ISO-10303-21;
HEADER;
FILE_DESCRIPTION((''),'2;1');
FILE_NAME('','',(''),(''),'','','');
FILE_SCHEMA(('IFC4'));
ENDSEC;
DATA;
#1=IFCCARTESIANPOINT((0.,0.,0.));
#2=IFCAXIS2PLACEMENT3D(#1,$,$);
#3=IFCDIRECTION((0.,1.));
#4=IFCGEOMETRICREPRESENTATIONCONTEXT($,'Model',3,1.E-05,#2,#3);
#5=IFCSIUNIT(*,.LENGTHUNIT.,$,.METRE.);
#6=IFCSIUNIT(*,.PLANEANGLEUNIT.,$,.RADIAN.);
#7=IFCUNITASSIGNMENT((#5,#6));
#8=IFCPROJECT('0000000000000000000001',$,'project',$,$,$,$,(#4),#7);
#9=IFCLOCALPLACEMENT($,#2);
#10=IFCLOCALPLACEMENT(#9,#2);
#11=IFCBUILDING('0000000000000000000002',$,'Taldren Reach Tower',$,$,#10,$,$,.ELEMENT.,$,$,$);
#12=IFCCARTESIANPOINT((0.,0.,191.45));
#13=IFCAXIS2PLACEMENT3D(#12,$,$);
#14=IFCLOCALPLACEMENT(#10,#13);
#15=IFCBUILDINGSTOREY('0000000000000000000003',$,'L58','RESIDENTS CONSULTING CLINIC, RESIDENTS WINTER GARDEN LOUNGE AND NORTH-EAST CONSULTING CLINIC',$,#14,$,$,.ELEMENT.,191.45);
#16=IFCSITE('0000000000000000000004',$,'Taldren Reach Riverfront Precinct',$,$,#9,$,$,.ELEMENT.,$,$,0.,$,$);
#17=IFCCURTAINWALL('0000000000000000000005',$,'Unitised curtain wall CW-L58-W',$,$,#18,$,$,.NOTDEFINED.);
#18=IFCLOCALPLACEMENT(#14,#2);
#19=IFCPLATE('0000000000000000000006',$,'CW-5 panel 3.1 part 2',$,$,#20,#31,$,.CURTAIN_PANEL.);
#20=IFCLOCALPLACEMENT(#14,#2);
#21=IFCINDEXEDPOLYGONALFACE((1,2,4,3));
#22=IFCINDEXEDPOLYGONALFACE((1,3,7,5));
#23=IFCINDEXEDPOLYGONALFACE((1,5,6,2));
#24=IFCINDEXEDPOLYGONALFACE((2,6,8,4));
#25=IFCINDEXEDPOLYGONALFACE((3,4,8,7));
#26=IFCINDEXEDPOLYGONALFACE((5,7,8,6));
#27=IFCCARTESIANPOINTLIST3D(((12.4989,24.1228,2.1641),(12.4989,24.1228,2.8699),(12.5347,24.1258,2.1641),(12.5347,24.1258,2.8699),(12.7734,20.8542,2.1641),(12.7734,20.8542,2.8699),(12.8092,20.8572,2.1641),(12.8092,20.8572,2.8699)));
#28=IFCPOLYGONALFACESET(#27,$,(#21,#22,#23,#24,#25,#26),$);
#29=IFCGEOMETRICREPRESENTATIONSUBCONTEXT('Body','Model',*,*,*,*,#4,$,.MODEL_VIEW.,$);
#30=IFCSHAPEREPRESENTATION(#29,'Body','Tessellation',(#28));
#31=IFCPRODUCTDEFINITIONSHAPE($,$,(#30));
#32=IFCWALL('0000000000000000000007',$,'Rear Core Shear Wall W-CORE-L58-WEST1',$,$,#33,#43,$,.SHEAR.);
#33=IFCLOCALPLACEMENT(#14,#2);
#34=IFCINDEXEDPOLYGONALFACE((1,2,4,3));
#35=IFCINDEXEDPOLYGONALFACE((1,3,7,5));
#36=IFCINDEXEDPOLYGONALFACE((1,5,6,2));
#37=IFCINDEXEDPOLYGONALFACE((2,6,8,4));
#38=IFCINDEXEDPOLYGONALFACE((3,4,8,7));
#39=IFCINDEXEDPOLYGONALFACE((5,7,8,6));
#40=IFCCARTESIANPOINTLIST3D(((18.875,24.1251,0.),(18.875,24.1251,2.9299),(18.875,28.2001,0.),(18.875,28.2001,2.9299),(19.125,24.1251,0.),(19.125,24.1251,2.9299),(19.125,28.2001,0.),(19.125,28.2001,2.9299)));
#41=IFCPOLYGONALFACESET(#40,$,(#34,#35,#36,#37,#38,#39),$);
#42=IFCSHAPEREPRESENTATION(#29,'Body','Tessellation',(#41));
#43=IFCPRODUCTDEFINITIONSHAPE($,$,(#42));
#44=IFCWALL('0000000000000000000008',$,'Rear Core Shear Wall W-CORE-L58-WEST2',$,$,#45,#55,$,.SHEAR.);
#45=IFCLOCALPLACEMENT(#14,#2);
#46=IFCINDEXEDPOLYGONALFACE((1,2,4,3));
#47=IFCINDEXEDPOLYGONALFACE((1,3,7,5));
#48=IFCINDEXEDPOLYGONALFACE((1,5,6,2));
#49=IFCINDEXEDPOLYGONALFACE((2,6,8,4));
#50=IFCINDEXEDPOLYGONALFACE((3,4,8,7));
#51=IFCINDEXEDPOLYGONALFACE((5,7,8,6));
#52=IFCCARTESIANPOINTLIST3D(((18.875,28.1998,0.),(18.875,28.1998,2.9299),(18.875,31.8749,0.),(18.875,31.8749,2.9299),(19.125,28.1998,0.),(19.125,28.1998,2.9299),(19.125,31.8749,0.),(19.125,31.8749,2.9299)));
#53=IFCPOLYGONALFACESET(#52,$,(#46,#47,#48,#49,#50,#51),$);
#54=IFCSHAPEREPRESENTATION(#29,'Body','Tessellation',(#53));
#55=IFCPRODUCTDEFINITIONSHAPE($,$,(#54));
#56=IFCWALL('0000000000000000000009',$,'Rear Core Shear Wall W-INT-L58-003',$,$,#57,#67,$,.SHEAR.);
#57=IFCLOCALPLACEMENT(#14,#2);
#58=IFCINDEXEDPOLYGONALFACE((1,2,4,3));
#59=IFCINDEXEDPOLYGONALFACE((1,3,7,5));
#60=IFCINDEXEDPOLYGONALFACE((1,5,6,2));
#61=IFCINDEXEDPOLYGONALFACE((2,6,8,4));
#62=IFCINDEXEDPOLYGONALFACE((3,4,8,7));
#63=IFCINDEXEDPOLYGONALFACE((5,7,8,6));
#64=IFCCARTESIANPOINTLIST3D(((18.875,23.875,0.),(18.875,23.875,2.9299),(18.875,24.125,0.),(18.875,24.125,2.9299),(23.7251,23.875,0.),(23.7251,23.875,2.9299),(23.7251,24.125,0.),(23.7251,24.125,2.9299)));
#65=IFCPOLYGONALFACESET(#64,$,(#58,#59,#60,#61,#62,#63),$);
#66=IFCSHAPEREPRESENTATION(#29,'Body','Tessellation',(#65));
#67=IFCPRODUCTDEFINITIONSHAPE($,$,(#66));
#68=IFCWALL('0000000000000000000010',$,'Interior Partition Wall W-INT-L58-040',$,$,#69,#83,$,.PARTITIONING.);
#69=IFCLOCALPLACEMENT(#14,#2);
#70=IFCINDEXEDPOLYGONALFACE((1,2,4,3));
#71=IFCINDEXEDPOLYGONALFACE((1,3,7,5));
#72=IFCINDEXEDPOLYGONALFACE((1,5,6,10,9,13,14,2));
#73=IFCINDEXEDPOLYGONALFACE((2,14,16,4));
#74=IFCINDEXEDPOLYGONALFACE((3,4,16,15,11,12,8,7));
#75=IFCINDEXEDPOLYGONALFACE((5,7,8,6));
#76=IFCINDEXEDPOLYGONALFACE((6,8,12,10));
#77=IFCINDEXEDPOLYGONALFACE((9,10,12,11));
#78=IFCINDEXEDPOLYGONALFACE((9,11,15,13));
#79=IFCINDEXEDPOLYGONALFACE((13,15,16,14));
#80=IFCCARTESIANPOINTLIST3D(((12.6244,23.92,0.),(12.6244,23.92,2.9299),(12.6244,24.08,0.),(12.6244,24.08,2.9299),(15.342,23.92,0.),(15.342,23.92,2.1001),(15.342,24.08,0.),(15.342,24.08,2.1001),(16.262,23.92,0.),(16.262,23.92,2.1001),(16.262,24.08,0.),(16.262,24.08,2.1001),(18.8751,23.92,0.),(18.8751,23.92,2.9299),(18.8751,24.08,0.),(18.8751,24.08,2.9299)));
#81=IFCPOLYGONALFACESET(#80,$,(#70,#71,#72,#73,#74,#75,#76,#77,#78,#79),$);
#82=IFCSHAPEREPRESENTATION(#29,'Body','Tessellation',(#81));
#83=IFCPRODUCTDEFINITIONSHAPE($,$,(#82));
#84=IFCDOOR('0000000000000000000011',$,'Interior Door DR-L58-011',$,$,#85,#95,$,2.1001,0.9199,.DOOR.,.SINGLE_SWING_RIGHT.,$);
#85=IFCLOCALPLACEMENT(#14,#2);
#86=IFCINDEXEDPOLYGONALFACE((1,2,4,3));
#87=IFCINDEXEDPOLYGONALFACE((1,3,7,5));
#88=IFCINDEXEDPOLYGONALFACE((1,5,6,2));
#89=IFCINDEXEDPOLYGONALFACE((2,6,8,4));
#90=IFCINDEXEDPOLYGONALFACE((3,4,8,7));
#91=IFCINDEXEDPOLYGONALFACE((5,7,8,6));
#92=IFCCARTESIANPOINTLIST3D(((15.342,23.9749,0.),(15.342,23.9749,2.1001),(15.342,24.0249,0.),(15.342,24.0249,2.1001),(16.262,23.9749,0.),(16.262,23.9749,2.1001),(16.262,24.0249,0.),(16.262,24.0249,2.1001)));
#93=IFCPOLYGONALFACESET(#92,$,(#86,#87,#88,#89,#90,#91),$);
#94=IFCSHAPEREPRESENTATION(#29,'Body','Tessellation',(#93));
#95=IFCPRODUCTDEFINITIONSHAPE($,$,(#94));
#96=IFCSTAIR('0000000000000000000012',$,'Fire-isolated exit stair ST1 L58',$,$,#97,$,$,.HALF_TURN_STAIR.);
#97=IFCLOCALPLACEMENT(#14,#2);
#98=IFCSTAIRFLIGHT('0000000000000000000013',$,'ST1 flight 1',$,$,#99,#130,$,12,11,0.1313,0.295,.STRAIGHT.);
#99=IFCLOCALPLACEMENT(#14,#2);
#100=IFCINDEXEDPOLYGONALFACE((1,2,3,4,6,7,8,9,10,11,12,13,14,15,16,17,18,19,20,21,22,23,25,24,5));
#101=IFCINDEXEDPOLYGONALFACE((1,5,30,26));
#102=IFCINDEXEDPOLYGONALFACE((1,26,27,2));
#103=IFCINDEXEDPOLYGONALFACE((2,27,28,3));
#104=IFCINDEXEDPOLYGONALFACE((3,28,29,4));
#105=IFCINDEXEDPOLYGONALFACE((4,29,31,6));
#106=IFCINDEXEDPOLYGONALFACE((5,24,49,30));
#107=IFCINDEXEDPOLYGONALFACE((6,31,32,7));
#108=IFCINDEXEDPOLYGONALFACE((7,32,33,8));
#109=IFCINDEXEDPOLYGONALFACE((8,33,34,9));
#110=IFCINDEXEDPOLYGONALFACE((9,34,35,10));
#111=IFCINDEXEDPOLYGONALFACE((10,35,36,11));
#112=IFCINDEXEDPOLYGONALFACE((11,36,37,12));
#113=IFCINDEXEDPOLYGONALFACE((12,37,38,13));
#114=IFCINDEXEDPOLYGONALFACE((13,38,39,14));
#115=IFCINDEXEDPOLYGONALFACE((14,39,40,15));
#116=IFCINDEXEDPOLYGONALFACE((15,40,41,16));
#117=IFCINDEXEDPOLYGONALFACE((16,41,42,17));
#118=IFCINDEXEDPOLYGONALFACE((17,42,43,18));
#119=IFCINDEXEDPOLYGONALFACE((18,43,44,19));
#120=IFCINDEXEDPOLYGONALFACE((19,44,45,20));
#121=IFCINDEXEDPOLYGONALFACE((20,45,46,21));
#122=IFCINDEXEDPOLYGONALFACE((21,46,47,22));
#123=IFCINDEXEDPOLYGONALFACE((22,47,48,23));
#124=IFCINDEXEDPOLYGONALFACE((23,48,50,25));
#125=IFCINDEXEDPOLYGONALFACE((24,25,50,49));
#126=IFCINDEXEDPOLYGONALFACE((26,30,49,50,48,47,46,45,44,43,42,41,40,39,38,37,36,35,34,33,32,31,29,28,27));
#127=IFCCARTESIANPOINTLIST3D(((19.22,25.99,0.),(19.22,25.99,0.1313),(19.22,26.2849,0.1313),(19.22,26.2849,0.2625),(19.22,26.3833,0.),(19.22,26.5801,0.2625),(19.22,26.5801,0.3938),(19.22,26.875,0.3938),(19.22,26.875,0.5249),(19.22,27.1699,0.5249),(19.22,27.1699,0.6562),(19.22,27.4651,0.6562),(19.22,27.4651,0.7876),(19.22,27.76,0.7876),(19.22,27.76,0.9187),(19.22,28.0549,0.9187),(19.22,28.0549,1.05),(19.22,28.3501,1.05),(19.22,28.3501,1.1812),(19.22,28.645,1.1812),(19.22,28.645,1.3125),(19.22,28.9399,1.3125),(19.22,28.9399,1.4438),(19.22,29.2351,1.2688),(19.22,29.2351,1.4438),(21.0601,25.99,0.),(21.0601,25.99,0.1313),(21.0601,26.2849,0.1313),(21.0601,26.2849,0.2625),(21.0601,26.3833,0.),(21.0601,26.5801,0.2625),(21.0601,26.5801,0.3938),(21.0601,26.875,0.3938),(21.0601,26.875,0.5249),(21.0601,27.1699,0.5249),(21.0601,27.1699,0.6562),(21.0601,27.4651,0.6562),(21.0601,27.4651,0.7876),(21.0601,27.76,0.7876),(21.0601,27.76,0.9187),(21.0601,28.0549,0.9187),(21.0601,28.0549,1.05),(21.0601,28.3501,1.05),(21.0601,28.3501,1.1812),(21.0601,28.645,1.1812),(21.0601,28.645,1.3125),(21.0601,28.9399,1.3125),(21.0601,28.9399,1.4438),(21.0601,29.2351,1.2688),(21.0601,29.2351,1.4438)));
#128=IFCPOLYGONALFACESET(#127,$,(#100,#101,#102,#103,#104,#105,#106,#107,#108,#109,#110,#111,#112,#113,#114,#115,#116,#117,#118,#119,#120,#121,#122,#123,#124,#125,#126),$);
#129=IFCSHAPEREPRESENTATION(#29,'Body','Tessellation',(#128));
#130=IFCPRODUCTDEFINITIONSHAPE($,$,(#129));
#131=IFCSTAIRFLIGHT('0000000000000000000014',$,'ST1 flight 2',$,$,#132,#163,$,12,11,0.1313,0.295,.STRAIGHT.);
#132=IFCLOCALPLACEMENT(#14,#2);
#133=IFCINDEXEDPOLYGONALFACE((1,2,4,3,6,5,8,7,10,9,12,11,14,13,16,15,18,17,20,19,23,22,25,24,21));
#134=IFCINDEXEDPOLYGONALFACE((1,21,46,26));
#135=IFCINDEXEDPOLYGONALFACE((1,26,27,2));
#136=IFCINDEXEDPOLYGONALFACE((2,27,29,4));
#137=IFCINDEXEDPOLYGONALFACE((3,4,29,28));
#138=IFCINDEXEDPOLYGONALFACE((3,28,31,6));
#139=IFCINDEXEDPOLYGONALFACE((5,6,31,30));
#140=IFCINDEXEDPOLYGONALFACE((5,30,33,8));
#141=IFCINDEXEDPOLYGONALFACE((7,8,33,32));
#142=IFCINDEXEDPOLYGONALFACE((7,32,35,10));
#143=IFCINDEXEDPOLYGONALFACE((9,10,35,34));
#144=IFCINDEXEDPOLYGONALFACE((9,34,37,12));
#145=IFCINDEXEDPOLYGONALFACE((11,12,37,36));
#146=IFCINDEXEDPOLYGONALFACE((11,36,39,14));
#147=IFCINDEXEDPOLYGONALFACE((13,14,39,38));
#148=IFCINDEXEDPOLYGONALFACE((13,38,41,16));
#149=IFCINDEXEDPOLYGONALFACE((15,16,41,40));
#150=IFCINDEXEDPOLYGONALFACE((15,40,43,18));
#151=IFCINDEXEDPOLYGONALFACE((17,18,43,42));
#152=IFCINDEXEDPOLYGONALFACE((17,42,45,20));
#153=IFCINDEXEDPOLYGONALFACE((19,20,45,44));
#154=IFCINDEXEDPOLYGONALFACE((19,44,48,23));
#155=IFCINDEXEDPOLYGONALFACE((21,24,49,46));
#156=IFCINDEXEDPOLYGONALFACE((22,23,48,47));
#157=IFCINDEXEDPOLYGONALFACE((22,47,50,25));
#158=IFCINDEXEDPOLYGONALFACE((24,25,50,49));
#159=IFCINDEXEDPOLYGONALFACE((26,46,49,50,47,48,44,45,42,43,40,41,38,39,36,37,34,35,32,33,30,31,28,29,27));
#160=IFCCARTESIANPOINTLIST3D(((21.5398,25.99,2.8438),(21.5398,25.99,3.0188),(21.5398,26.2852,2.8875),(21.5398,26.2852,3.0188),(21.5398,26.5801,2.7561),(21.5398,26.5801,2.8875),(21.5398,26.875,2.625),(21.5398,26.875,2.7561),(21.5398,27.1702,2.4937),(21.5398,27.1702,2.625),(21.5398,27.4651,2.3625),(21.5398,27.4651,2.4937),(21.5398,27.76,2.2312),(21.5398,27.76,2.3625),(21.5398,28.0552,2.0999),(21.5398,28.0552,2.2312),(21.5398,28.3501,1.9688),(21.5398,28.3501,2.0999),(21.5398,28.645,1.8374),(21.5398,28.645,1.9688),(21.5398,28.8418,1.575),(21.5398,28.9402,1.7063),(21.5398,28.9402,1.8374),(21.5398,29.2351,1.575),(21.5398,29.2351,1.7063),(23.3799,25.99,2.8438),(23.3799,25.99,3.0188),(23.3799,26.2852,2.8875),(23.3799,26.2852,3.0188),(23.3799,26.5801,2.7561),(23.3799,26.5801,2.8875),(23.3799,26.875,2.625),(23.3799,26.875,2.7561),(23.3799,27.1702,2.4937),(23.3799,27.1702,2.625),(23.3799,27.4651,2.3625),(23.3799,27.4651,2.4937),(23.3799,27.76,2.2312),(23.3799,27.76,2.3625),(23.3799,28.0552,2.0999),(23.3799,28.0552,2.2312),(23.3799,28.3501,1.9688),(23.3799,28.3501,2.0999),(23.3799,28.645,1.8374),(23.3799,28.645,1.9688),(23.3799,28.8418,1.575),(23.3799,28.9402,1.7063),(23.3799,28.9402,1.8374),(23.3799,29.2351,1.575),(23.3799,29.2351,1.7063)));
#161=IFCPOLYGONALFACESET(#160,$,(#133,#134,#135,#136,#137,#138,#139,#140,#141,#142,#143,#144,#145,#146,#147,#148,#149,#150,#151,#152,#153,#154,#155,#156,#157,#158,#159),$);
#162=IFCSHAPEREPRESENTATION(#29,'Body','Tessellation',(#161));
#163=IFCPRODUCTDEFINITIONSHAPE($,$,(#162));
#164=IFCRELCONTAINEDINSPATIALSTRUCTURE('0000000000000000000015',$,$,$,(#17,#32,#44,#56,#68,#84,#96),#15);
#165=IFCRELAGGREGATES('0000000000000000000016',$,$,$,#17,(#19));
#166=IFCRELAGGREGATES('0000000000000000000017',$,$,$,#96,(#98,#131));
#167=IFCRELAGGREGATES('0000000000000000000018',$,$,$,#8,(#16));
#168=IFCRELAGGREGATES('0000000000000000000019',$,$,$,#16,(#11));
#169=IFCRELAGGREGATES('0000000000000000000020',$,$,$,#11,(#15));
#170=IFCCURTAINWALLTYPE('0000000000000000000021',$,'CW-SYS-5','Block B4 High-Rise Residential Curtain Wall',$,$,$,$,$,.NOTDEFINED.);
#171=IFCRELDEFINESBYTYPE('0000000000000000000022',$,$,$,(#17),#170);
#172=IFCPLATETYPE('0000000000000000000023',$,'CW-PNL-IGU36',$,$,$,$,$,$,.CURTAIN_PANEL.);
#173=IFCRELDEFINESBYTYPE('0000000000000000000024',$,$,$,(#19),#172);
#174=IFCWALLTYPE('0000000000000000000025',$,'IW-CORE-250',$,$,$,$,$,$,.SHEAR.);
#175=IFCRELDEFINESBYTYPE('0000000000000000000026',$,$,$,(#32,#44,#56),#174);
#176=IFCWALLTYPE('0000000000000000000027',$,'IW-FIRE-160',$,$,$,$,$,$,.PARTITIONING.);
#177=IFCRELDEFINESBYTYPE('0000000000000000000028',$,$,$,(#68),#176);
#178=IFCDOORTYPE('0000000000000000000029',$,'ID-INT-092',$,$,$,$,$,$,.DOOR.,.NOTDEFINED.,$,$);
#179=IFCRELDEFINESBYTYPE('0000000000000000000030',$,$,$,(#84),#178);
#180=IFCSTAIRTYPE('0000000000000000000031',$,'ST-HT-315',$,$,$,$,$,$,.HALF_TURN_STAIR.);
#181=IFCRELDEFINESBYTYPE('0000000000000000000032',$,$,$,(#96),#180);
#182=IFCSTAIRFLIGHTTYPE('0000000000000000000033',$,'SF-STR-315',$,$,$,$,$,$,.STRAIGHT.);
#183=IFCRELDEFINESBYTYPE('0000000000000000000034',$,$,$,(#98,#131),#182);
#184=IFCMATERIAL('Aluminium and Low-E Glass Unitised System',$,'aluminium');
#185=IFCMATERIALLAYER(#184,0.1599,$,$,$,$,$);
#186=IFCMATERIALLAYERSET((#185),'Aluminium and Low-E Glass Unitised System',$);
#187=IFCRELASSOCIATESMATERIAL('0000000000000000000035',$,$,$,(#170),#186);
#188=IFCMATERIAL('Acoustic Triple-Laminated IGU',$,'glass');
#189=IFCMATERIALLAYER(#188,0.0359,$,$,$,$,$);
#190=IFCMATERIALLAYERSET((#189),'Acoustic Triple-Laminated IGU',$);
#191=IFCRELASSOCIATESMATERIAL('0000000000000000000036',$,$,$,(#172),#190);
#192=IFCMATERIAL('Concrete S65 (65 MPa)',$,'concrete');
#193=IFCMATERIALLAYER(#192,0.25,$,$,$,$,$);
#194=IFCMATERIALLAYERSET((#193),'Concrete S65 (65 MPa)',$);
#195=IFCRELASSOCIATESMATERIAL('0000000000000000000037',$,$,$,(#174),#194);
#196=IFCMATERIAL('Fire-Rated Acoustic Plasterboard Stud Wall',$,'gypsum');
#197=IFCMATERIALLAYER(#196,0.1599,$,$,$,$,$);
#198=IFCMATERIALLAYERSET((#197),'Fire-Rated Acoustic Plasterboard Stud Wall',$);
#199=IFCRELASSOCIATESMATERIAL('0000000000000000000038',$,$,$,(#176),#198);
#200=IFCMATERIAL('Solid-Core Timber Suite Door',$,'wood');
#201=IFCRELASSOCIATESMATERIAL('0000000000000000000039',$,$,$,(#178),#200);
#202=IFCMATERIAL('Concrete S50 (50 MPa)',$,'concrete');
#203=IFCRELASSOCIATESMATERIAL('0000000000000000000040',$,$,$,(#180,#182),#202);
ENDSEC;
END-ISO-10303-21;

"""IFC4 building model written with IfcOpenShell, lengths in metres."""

from ifc_helpers import new_model, si_unit, direction, frame, frame_2d, origin, origin_2d, place, context, subcontext, project, spatial, polyline, rectangle, outline, extrude, source, transform, mapped, material, layer, layer_set, type_object, element, fill, aggregate, save


model = new_model("IFC4")

# Units and contexts
model_context = context("Model", 3, precision=1e-05, world=origin(), true_north=direction((0.0, 1.0)))
body_context = subcontext(model_context, "Body", "Model", "MODEL_VIEW")
ifc_project = project(units=[si_unit("LENGTHUNIT", "METRE"), si_unit("PLANEANGLEUNIT", "RADIAN")], contexts=[model_context])

# Site, building, storey
site_placement = place(None, origin())
site = spatial("IfcSite", under=ifc_project, at=site_placement, Name="Taldren Reach Riverfront Precinct", CompositionType="ELEMENT", RefElevation=0.0)
building_placement = place(site_placement, origin())
building = spatial("IfcBuilding", under=site, at=building_placement, Name="Taldren Reach Tower", CompositionType="ELEMENT")
storey_placement = place(building_placement, frame((0.0, 0.0, 191.45)))
storey = spatial("IfcBuildingStorey", under=building, at=storey_placement, Name="L58", Description="RESIDENTS CONSULTING CLINIC, RESIDENTS WINTER GARDEN LOUNGE AND NORTH-EAST CONSULTING CLINIC", CompositionType="ELEMENT", Elevation=191.45)

# Curtain wall
ifc_material_1 = material(Name="Aluminium and Low-E Glass Unitised System", Category="aluminium")
ifc_layer_1 = layer(ifc_material_1, 0.1599)
ifc_layer_set_1 = layer_set([ifc_layer_1], Name="Aluminium and Low-E Glass Unitised System")
curtain_wall_type = type_object("IfcCurtainWallType", Name="CW-SYS-5", Description="Block B4 High-Rise Residential Curtain Wall", PredefinedType="NOTDEFINED", material=ifc_layer_set_1)
curtain_wall_placement = place(storey_placement, origin())
curtain_wall = element("IfcCurtainWall", 1, at=curtain_wall_placement, inside=storey, type_object=curtain_wall_type, Name="Unitised curtain wall CW-L58-W", PredefinedType="NOTDEFINED")

# Plate
ifc_material_2 = material(Name="Acoustic Triple-Laminated IGU", Category="glass")
ifc_layer_2 = layer(ifc_material_2, 0.0359)
ifc_layer_set_2 = layer_set([ifc_layer_2], Name="Acoustic Triple-Laminated IGU")
plate_type_1 = type_object("IfcPlateType", Name="CW-PNL-IGU36", PredefinedType="CURTAIN_PANEL", material=ifc_layer_set_2)
shared_shape_1 = source(origin(), body_context, "Body", "SweptSolid", [
    extrude(rectangle(XDim=3.28, YDim=0.0359, at=origin_2d()), origin(), (0.0, 0.0, 1.0), 0.7058),
])
plate_1_placement = place(storey_placement, frame((12.6541, 22.49, 2.1641), z_axis=(0.0, 0.0, 1.0), x_axis=(0.083678, -0.996493, 0.0)))
plate_1 = element("IfcPlate", 2, at=plate_1_placement, type_object=plate_type_1, Name="CW-5 panel 3.1 part 2", PredefinedType="CURTAIN_PANEL", context=body_context, shape_type="MappedRepresentation", body=[
    mapped(shared_shape_1, transform((0.0, 0.0, 0.0), scale=1.0)),
])
aggregate(curtain_wall, [plate_1])

# Walls
ifc_material_3 = material(Name="Concrete S65 (65 MPa)", Category="concrete")
ifc_layer_3 = layer(ifc_material_3, 0.25)
ifc_layer_set_3 = layer_set([ifc_layer_3], Name="Concrete S65 (65 MPa)")
wall_type_1 = type_object("IfcWallType", Name="IW-CORE-250", PredefinedType="SHEAR", material=ifc_layer_set_3)
shared_shape_2 = source(origin(), body_context, "Body", "SweptSolid", [
    extrude(rectangle(XDim=4.075, YDim=0.25, at=frame_2d((2.0376, 0.0))), origin(), (0.0, 0.0, 1.0), 2.9299),
])
wall_1_placement = place(storey_placement, frame((19.0, 24.125, 0.0), z_axis=(0.0, 0.0, 1.0), x_axis=(0.0, 1.0, 0.0)))
element("IfcWall", 3, at=wall_1_placement, inside=storey, type_object=wall_type_1, Name="Rear Core Shear Wall W-CORE-L58-WEST1", PredefinedType="SHEAR", context=body_context, shape_type="MappedRepresentation", body=[
    mapped(shared_shape_2, transform((0.0, 0.0, 0.0), scale=1.0)),
])
shared_shape_3 = source(origin(), body_context, "Body", "SweptSolid", [
    extrude(rectangle(XDim=3.675, YDim=0.25, at=frame_2d((1.8374, 0.0))), origin(), (0.0, 0.0, 1.0), 2.9299),
])
wall_2_placement = place(storey_placement, frame((19.0, 28.2, 0.0), z_axis=(0.0, 0.0, 1.0), x_axis=(0.0, 1.0, 0.0)))
element("IfcWall", 4, at=wall_2_placement, inside=storey, type_object=wall_type_1, Name="Rear Core Shear Wall W-CORE-L58-WEST2", PredefinedType="SHEAR", context=body_context, shape_type="MappedRepresentation", body=[
    mapped(shared_shape_3, transform((0.0, 0.0, 0.0), scale=1.0)),
])
shared_shape_4 = source(origin(), body_context, "Body", "SweptSolid", [
    extrude(rectangle(XDim=4.8501, YDim=0.25, at=frame_2d((2.425, 0.0))), origin(), (0.0, 0.0, 1.0), 2.9299),
])
wall_3_placement = place(storey_placement, frame((18.875, 24.0, 0.0), z_axis=(0.0, 0.0, 1.0), x_axis=(1.0, 0.0, 0.0)))
element("IfcWall", 5, at=wall_3_placement, inside=storey, type_object=wall_type_1, Name="Rear Core Shear Wall W-INT-L58-003", PredefinedType="SHEAR", context=body_context, shape_type="MappedRepresentation", body=[
    mapped(shared_shape_4, transform((0.0, 0.0, 0.0), scale=1.0)),
])

# Wall, opening, door
ifc_material_4 = material(Name="Fire-Rated Acoustic Plasterboard Stud Wall", Category="gypsum")
ifc_layer_4 = layer(ifc_material_4, 0.1599)
ifc_layer_set_4 = layer_set([ifc_layer_4], Name="Fire-Rated Acoustic Plasterboard Stud Wall")
wall_type_2 = type_object("IfcWallType", Name="IW-FIRE-160", PredefinedType="PARTITIONING", material=ifc_layer_set_4)
shared_shape_5 = source(origin(), body_context, "Body", "SweptSolid", [
    extrude(rectangle(XDim=6.2507, YDim=0.1599, at=frame_2d((3.1255, 0.0))), origin(), (0.0, 0.0, 1.0), 2.9299),
])
wall_4_placement = place(storey_placement, frame((12.6243, 24.0, 0.0), z_axis=(0.0, 0.0, 1.0), x_axis=(1.0, 0.0, 0.0)))
wall_4 = element("IfcWall", 6, at=wall_4_placement, inside=storey, type_object=wall_type_2, Name="Interior Partition Wall W-INT-L58-040", PredefinedType="PARTITIONING", context=body_context, shape_type="MappedRepresentation", body=[
    mapped(shared_shape_5, transform((0.0, 0.0, 0.0), scale=1.0)),
])
shared_shape_6 = source(origin(), body_context, "Body", "SweptSolid", [
    extrude(rectangle(XDim=0.9199, YDim=2.1001, at=frame_2d((0.46, 1.05))), frame((0.0, 0.0898, 0.0), z_axis=(0.0, -1.0, 0.0), x_axis=(1.0, 0.0, 0.0)), (0.0, 0.0, 1.0), 0.1799),
])
opening_placement = place(wall_4_placement, frame((2.7178, 0.0, 0.0)))
opening = element("IfcOpeningElement", 7, at=opening_placement, cuts=wall_4, PredefinedType="OPENING", context=body_context, shape_type="MappedRepresentation", body=[
    mapped(shared_shape_6, transform((0.0, 0.0, 0.0), scale=1.0)),
])
ifc_material_5 = material(Name="Solid-Core Timber Suite Door", Category="wood")
door_type = type_object("IfcDoorType", Name="ID-INT-092", OperationType="NOTDEFINED", PredefinedType="DOOR", material=ifc_material_5)
shared_shape_7 = source(origin(), body_context, "Body", "SweptSolid", [
    extrude(rectangle(XDim=0.9199, YDim=2.1001, at=frame_2d((0.46, 1.05))), frame((0.0, 0.0249, 0.0), z_axis=(0.0, -1.0, 0.0), x_axis=(1.0, 0.0, 0.0)), (0.0, 0.0, 1.0), 0.05),
])
door_placement = place(opening_placement, origin())
door = element("IfcDoor", 8, at=door_placement, inside=storey, type_object=door_type, Name="Interior Door DR-L58-011", OperationType="SINGLE_SWING_RIGHT", OverallHeight=2.1001, OverallWidth=0.9199, PredefinedType="DOOR", context=body_context, shape_type="MappedRepresentation", body=[
    mapped(shared_shape_7, transform((0.0, 0.0, 0.0), scale=1.0)),
])
fill(opening, door)

# Stair, stair flights
ifc_material_6 = material(Name="Concrete S50 (50 MPa)", Category="concrete")
stair_type = type_object("IfcStairType", Name="ST-HT-315", PredefinedType="HALF_TURN_STAIR", material=ifc_material_6)
stair_placement = place(storey_placement, origin())
stair = element("IfcStair", 9, at=stair_placement, inside=storey, type_object=stair_type, Name="Fire-isolated exit stair ST1 L58", PredefinedType="HALF_TURN_STAIR")
stair_flight_type = type_object("IfcStairFlightType", Name="SF-STR-315", PredefinedType="STRAIGHT", material=ifc_material_6)
stair_flight_1_placement = place(storey_placement, frame((20.1399, 25.99, 0.0), z_axis=(0.0, 0.0, 1.0), x_axis=(0.0, 1.0, 0.0)))
stair_flight_1 = element("IfcStairFlight", 10, at=stair_flight_1_placement, type_object=stair_flight_type, Name="ST1 flight 1", NumberOfRisers=12, NumberOfTreads=11, PredefinedType="STRAIGHT", RiserHeight=0.1313, TreadLength=0.295, context=body_context, shape_type="SweptSolid", body=[
    extrude(outline(polyline([(0.0, 0.0), (0.0, 0.1313), (0.2949, 0.1313), (0.2949, 0.2625), (0.5901, 0.2625), (0.5901, 0.3938), (0.885, 0.3938), (0.885, 0.5249), (1.1799, 0.5249), (1.1799, 0.6562), (1.4751, 0.6562), (1.4751, 0.7876), (1.77, 0.7876), (1.77, 0.9187), (2.0649, 0.9187), (2.0649, 1.05), (2.3601, 1.05), (2.3601, 1.1812), (2.655, 1.1812), (2.655, 1.3125), (2.95, 1.3125), (2.95, 1.4438), (3.2451, 1.4438), (3.2451, 1.575), (3.2451, 1.2688), (0.3933, 0.0), (0.0, 0.0)])), frame((0.0, 0.9199, 0.0), z_axis=(0.0, -1.0, 0.0), x_axis=(1.0, 0.0, 0.0)), (0.0, 0.0, 1.0), 1.8401),
])
stair_flight_2_placement = place(storey_placement, frame((22.46, 29.2351, 1.575), z_axis=(0.0, 0.0, 1.0), x_axis=(0.0, -1.0, 0.0)))
stair_flight_2 = element("IfcStairFlight", 11, at=stair_flight_2_placement, type_object=stair_flight_type, Name="ST1 flight 2", NumberOfRisers=12, NumberOfTreads=11, PredefinedType="STRAIGHT", RiserHeight=0.1313, TreadLength=0.295, context=body_context, shape_type="SweptSolid", body=[
    extrude(outline(polyline([(0.0, 0.0), (0.0, 0.1313), (0.2949, 0.1313), (0.2949, 0.2625), (0.5901, 0.2625), (0.5901, 0.3938), (0.885, 0.3938), (0.885, 0.5249), (1.1799, 0.5249), (1.1799, 0.6562), (1.4751, 0.6562), (1.4751, 0.7876), (1.77, 0.7876), (1.77, 0.9187), (2.0649, 0.9187), (2.0649, 1.05), (2.3601, 1.05), (2.3601, 1.1812), (2.655, 1.1812), (2.655, 1.3125), (2.95, 1.3125), (2.95, 1.4438), (3.2451, 1.4438), (3.2451, 1.575), (3.2451, 1.2688), (0.3933, 0.0), (0.0, 0.0)])), frame((0.0, 0.9199, 0.0), z_axis=(0.0, -1.0, 0.0), x_axis=(1.0, 0.0, 0.0)), (0.0, 0.0, 1.0), 1.8401),
])
aggregate(stair, [stair_flight_1, stair_flight_2])

save(model, "model.ifc")
